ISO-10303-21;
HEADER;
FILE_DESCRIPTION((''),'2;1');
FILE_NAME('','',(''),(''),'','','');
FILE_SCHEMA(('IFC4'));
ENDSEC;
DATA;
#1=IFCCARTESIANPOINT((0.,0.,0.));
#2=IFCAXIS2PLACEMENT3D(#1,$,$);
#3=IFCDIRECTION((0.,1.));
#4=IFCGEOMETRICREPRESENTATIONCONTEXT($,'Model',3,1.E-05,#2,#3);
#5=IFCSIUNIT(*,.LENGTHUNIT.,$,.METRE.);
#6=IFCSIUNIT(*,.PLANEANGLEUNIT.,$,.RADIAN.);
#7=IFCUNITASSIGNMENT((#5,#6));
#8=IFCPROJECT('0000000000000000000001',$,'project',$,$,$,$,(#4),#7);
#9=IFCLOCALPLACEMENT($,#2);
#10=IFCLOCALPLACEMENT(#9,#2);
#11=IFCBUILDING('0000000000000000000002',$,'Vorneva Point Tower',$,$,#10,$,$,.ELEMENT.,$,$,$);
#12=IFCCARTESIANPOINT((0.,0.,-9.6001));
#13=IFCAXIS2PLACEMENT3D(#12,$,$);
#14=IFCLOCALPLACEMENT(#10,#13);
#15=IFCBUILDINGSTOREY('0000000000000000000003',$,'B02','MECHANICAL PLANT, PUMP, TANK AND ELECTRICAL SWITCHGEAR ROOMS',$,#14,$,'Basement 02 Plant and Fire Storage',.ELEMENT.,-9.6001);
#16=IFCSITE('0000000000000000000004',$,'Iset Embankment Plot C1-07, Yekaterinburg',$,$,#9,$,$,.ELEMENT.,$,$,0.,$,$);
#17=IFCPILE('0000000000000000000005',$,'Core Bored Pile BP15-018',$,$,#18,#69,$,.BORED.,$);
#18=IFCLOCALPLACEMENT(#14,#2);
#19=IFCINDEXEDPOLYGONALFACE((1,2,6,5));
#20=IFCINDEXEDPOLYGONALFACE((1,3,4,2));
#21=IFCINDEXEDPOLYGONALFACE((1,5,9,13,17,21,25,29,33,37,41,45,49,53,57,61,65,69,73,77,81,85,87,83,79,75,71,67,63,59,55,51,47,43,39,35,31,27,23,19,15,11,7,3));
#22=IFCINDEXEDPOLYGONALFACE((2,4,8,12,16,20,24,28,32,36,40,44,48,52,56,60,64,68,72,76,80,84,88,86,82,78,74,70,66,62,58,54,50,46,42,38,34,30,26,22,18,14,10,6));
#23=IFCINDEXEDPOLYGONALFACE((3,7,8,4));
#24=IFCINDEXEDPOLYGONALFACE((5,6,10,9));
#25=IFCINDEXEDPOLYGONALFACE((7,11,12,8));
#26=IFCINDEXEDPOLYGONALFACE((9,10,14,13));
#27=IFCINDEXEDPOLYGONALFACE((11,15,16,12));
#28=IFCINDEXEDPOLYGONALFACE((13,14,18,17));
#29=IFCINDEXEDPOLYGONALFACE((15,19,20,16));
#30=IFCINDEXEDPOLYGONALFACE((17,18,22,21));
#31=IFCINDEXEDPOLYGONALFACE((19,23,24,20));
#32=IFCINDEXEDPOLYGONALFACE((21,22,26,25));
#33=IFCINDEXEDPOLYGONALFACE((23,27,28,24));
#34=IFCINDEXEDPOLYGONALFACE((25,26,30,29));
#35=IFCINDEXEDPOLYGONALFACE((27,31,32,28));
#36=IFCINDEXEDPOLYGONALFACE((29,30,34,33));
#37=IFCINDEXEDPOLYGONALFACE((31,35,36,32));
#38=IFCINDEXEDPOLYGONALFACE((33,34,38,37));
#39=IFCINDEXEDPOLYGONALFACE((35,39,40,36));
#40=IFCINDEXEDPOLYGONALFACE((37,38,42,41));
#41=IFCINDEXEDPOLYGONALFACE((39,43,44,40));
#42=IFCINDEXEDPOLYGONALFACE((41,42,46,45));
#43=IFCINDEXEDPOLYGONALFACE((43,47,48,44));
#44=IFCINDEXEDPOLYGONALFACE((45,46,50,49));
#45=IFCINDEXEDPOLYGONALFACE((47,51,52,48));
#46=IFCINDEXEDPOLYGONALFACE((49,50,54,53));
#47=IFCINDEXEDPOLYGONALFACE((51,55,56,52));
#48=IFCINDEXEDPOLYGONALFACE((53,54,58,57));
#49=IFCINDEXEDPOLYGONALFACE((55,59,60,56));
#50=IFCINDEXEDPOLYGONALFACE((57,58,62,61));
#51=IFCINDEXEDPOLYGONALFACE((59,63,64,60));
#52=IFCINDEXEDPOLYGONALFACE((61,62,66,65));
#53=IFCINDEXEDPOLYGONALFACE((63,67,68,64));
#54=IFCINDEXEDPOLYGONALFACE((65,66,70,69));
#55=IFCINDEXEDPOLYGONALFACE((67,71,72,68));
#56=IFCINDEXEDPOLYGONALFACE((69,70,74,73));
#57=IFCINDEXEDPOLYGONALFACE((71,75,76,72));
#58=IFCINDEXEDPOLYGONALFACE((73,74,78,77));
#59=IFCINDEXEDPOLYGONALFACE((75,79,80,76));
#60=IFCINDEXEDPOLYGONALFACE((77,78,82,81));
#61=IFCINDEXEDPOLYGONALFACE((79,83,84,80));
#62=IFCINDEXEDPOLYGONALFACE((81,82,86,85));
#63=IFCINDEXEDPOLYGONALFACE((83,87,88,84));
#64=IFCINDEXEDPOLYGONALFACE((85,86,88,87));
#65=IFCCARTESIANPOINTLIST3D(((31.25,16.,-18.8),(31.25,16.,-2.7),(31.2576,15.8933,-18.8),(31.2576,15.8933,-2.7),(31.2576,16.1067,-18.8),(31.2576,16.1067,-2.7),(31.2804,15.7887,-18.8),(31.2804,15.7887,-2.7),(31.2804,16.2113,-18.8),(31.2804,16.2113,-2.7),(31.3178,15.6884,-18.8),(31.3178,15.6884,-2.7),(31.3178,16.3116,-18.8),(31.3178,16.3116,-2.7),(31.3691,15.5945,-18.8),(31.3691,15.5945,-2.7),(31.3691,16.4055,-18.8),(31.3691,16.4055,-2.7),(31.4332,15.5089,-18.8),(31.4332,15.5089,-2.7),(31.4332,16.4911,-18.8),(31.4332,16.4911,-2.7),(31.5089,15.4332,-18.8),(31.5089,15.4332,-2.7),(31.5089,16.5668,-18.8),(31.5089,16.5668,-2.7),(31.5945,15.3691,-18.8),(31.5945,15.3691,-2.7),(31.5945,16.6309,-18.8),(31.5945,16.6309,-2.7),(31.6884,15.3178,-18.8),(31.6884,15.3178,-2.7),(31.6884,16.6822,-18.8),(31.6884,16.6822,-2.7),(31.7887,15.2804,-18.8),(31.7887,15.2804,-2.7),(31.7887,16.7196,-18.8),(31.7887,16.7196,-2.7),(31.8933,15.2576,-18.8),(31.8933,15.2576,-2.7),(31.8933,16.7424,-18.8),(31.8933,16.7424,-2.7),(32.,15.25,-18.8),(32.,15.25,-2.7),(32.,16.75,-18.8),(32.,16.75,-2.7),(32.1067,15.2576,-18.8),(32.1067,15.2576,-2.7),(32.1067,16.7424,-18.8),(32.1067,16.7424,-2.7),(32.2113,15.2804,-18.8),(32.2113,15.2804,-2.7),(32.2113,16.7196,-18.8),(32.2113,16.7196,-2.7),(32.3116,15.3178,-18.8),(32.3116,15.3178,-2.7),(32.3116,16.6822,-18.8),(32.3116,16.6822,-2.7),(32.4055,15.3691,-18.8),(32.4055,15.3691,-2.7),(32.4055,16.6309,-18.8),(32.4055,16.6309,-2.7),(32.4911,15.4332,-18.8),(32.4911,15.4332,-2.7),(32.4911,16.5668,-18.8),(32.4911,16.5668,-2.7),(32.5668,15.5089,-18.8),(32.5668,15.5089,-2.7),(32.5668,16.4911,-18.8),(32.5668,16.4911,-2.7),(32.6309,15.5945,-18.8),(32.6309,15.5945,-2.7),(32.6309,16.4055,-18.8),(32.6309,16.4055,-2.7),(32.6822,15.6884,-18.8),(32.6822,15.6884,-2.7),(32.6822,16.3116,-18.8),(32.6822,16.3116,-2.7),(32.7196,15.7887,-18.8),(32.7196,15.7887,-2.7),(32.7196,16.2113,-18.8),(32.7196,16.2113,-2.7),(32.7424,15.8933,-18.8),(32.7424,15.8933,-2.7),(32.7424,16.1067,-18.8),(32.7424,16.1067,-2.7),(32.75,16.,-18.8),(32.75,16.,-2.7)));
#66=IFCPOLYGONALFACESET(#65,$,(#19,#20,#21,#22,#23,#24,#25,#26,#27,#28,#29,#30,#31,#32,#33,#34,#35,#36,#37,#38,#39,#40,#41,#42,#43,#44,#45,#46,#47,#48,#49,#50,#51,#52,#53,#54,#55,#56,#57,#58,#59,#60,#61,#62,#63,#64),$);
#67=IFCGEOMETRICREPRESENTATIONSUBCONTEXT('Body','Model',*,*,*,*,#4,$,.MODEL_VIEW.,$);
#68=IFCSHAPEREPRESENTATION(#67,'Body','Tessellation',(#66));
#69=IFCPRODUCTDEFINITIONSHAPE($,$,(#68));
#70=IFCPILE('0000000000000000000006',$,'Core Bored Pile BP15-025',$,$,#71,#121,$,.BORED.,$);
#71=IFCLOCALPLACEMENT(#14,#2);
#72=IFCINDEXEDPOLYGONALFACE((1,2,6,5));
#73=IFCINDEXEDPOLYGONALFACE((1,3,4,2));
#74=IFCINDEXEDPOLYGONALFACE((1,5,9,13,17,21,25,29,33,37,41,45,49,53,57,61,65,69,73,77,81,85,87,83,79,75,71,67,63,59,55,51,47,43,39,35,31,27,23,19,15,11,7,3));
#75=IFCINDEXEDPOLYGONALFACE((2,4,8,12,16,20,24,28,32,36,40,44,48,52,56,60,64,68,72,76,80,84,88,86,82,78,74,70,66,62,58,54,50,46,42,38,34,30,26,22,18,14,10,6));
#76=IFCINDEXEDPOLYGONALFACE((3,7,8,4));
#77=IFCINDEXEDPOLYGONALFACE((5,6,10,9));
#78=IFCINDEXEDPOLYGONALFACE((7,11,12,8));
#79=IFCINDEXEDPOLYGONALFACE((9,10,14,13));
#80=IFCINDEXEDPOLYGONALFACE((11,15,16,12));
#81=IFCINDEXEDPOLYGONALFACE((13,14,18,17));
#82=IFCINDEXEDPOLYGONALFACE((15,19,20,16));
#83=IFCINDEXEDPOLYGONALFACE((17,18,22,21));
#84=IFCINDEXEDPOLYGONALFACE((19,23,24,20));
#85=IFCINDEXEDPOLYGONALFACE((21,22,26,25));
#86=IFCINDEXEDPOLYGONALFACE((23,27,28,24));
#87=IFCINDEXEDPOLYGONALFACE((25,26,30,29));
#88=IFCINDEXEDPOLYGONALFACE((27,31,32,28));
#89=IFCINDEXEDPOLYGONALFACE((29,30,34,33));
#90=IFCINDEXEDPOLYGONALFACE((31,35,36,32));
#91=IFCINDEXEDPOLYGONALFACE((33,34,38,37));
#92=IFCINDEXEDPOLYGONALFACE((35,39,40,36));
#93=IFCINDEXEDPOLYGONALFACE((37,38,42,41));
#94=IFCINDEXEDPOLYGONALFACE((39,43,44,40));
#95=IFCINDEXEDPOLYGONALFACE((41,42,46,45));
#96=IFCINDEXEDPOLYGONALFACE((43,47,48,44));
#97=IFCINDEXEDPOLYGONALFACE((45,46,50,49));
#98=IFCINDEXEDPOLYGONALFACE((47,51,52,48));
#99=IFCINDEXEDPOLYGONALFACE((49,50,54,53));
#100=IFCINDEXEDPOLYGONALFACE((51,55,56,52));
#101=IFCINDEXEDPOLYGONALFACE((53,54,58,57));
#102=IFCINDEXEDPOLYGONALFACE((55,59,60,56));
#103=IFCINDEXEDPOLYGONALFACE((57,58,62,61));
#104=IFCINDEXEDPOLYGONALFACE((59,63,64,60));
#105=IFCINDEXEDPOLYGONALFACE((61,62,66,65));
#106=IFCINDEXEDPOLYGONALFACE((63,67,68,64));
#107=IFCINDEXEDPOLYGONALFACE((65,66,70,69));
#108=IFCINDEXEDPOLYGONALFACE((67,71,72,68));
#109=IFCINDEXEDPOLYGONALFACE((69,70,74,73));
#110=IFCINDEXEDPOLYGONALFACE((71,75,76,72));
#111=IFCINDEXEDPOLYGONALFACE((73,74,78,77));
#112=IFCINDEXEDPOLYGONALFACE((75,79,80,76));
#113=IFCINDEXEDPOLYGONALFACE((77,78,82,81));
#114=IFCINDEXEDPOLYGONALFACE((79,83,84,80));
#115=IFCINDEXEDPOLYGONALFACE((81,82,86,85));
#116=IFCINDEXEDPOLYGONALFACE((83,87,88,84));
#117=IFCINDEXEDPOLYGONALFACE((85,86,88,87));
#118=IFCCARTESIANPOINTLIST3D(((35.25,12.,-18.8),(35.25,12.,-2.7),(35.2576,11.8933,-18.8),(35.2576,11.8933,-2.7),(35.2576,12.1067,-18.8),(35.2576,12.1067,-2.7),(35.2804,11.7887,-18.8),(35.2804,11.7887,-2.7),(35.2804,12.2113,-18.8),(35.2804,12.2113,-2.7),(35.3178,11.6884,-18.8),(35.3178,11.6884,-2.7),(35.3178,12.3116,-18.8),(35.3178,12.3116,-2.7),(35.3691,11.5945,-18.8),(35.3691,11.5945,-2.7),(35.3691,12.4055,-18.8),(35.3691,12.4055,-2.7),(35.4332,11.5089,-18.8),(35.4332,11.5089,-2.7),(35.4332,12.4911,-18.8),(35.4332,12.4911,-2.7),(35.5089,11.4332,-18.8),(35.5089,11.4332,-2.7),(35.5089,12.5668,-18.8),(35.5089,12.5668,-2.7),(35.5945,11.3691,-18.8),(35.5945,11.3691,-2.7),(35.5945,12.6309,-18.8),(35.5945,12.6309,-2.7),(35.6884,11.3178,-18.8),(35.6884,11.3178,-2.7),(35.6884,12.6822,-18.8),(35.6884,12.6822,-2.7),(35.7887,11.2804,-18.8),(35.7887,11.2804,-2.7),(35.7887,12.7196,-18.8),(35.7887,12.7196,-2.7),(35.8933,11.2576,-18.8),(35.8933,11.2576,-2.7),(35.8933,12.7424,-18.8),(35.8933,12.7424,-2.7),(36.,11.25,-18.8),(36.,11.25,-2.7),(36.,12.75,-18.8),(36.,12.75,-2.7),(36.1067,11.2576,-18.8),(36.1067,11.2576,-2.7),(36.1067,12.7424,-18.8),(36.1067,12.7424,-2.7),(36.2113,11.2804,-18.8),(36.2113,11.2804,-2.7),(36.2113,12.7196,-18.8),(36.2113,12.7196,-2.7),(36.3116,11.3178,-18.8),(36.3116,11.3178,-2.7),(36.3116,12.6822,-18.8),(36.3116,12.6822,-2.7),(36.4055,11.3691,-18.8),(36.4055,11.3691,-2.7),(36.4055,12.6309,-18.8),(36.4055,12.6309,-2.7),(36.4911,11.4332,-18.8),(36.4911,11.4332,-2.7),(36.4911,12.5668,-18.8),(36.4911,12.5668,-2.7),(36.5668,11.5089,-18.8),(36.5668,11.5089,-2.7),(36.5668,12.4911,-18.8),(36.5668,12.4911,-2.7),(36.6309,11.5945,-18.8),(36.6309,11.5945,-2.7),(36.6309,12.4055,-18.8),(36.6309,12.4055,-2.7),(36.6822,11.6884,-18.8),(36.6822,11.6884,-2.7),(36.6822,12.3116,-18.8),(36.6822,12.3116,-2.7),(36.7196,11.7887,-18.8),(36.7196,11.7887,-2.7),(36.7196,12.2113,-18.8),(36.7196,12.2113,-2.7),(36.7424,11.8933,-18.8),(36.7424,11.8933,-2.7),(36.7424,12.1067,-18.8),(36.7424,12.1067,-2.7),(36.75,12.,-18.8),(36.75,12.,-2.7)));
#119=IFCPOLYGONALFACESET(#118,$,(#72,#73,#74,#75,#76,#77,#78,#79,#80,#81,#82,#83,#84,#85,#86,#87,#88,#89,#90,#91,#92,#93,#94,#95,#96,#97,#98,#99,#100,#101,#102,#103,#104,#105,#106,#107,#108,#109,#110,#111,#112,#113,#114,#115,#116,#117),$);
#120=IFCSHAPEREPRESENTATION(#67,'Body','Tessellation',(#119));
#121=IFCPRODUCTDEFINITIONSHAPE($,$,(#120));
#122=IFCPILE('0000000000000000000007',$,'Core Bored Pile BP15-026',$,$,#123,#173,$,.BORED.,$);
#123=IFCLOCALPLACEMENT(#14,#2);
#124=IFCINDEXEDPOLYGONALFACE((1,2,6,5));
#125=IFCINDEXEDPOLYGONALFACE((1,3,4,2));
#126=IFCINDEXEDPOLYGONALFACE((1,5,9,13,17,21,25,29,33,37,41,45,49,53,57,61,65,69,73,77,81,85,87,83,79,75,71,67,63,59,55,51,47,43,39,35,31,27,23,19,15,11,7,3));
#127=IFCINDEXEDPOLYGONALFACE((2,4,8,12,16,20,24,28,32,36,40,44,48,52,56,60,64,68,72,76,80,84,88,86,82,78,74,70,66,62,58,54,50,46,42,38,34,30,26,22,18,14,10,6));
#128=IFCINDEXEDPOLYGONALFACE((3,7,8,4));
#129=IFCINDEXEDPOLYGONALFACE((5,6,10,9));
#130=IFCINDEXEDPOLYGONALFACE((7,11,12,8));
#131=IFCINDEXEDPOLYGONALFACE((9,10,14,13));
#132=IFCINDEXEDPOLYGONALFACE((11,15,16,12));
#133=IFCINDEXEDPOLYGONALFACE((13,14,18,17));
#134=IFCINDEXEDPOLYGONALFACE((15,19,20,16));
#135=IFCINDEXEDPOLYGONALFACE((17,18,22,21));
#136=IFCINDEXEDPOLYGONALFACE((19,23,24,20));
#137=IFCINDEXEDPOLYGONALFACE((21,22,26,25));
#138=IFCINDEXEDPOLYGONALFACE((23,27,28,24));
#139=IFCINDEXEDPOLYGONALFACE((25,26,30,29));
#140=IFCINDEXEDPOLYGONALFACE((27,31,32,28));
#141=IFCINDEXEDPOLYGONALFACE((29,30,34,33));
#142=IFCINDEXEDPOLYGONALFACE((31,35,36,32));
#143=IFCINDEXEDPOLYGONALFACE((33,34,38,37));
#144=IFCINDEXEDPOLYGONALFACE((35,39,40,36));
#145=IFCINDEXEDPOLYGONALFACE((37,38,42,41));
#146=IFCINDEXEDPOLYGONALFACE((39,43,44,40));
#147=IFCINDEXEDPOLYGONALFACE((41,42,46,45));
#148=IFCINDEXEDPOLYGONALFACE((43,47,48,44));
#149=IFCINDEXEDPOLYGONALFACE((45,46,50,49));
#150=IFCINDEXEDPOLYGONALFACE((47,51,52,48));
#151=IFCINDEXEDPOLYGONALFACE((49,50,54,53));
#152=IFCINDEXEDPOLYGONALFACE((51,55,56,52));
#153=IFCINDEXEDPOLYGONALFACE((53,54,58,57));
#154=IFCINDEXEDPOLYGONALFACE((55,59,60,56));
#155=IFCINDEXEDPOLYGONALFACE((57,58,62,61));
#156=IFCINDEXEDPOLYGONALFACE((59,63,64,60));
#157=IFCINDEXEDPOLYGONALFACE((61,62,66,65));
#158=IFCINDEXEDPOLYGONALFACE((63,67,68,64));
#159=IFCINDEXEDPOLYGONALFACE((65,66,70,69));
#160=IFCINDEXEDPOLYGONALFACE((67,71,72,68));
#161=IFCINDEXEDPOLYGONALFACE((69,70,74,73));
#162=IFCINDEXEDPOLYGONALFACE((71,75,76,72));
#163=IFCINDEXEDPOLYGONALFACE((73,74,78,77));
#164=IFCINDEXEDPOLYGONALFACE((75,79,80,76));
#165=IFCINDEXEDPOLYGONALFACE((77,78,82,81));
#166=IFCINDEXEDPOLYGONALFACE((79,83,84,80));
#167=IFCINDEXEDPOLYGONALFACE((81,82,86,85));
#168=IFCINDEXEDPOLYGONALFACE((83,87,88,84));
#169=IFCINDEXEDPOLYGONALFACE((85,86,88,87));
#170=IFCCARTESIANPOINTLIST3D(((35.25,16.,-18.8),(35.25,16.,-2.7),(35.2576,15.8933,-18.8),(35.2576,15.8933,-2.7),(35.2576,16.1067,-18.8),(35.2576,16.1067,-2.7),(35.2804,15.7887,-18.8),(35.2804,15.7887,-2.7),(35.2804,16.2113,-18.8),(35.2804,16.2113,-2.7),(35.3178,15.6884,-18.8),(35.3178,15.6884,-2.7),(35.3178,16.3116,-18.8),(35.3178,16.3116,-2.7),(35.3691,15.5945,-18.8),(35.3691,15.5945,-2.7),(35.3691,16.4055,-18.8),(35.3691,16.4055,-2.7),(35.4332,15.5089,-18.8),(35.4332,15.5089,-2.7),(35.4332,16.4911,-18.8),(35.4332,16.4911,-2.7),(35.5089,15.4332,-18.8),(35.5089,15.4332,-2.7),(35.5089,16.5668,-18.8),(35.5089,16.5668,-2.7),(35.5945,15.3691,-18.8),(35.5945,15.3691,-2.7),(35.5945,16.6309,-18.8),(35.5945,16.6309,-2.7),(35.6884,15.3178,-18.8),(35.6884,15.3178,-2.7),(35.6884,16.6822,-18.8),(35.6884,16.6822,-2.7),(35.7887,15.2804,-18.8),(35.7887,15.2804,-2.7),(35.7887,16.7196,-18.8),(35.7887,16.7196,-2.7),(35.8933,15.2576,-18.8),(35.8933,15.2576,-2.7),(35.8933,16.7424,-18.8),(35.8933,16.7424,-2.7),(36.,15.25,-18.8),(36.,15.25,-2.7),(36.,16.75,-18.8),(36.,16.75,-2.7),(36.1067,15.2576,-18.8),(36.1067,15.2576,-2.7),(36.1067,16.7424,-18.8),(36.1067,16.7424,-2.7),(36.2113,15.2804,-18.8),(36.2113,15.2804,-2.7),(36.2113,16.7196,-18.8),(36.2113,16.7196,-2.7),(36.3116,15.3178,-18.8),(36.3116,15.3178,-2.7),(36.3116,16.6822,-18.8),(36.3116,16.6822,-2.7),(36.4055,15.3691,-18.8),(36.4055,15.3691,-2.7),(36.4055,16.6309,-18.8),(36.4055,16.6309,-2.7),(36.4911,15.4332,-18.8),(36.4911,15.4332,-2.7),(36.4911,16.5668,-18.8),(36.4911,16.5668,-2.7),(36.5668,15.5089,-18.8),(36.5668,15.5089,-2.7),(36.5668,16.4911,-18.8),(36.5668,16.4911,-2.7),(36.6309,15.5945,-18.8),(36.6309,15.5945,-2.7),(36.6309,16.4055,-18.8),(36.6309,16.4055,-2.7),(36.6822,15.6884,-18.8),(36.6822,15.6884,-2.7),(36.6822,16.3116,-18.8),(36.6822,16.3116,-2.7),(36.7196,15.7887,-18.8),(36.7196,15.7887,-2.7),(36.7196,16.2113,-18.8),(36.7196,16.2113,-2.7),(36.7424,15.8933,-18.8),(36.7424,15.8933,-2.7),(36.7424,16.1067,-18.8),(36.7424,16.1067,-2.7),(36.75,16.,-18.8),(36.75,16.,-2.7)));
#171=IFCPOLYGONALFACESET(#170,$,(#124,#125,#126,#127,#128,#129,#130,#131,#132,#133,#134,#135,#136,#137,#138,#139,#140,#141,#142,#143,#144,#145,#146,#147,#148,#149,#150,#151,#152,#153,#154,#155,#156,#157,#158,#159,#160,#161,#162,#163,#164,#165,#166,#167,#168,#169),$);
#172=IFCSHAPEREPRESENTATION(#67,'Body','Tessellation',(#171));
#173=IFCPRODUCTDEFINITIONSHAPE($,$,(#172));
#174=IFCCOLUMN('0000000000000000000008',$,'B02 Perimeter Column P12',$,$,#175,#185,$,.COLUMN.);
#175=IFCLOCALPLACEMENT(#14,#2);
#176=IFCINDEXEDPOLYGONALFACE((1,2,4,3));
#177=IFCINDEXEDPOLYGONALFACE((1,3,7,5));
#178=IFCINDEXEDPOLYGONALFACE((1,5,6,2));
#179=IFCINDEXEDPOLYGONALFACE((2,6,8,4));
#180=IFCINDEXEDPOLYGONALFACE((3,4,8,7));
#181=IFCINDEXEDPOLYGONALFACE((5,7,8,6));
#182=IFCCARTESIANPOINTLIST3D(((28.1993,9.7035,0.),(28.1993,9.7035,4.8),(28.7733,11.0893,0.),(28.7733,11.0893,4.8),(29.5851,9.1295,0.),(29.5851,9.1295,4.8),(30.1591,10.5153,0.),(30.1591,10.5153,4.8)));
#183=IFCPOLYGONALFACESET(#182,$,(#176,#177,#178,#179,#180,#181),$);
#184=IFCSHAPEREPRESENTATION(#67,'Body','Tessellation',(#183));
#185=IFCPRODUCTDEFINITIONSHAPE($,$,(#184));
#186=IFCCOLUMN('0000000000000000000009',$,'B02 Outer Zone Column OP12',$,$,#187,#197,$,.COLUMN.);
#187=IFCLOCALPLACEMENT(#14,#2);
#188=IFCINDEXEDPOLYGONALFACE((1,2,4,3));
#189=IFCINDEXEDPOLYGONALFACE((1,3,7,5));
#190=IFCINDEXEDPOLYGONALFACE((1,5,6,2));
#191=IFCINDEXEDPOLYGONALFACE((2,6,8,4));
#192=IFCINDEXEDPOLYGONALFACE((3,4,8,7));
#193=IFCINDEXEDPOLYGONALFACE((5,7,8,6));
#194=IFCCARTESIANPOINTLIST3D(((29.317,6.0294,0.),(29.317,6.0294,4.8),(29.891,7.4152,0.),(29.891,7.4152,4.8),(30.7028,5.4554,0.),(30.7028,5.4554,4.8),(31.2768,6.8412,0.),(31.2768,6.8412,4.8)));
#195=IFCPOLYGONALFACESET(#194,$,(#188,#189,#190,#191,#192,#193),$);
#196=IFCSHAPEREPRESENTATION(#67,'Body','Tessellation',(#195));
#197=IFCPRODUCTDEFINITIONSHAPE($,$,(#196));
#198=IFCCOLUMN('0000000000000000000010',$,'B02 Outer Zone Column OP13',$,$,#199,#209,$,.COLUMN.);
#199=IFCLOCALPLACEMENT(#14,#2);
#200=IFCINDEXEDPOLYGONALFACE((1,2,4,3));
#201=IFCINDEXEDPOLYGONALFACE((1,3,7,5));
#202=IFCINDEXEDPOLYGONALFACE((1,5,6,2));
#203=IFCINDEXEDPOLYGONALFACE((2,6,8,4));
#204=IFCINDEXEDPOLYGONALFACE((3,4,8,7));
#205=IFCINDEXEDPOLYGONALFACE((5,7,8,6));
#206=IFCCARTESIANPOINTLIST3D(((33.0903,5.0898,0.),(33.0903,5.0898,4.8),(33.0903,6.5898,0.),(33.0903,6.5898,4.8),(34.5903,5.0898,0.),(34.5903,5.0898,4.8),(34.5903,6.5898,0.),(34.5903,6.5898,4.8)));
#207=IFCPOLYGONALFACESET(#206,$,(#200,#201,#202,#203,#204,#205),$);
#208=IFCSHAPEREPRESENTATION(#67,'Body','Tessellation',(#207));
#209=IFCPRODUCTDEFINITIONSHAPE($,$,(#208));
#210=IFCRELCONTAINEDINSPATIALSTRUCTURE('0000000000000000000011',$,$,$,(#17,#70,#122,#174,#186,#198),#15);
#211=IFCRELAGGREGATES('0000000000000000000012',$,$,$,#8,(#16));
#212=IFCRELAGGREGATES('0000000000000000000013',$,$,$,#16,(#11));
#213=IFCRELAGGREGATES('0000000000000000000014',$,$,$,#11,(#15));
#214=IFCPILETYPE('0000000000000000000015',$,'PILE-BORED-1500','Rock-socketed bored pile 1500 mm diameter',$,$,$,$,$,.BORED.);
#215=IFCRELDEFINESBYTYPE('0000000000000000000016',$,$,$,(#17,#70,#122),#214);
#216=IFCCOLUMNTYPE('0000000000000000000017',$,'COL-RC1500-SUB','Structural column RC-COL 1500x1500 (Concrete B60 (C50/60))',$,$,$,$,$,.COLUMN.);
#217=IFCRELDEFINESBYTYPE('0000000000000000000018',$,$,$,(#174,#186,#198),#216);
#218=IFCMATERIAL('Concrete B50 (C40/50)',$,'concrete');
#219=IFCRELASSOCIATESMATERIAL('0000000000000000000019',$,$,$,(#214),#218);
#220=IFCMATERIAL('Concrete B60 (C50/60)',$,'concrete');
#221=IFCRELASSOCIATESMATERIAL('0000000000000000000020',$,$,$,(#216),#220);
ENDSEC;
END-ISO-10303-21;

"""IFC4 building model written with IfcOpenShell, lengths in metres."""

from ifc_helpers import new_model, si_unit, direction, frame, origin, origin_2d, place, context, subcontext, project, spatial, rectangle, circle, extrude, material, material_profile, profile_set, type_object, element, save


model = new_model("IFC4")

# Units and contexts
model_context = context("Model", 3, precision=1e-05, world=origin(), true_north=direction((0.0, 1.0)))
body_context = subcontext(model_context, "Body", "Model", "MODEL_VIEW")
ifc_project = project(units=[si_unit("LENGTHUNIT", "METRE"), si_unit("PLANEANGLEUNIT", "RADIAN")], contexts=[model_context])

# Site, building, storey
site_placement = place(None, origin())
site = spatial("IfcSite", under=ifc_project, at=site_placement, Name="Iset Embankment Plot C1-07, Yekaterinburg", CompositionType="ELEMENT", RefElevation=0.0)
building_placement = place(site_placement, origin())
building = spatial("IfcBuilding", under=site, at=building_placement, Name="Vorneva Point Tower", CompositionType="ELEMENT")
storey_placement = place(building_placement, frame((0.0, 0.0, -9.6001)))
storey = spatial("IfcBuildingStorey", under=building, at=storey_placement, Name="B02", Description="MECHANICAL PLANT, PUMP, TANK AND ELECTRICAL SWITCHGEAR ROOMS", LongName="Basement 02 Plant and Fire Storage", CompositionType="ELEMENT", Elevation=-9.6001)

# Piles
ifc_material_1 = material(Name="Concrete B50 (C40/50)", Category="concrete")
ifc_material_profile_1 = material_profile(ifc_material_1, circle(Radius=0.75, at=origin_2d()), Name="PILE-1500")
ifc_profile_set_1 = profile_set([ifc_material_profile_1], Name="Concrete B50 (C40/50)")
pile_type_1 = type_object("IfcPileType", Name="PILE-BORED-1500", Description="Rock-socketed bored pile 1500 mm diameter", PredefinedType="BORED", material=ifc_profile_set_1)
for number, where, z_axis, x_axis, name in (
    (1, (32.0, 16.0, -2.7), (0.0, 0.0, -1.0), (1.0, 0.0, 0.0), "Core Bored Pile BP15-018"),
    (2, (36.0, 12.0, -2.7), (0.0, 0.0, -1.0), (1.0, 0.0, 0.0), "Core Bored Pile BP15-025"),
    (3, (36.0, 16.0, -2.7), (0.0, 0.0, -1.0), (1.0, 0.0, 0.0), "Core Bored Pile BP15-026"),
):
    element("IfcPile", number, at=place(storey_placement, frame(where, z_axis=z_axis, x_axis=x_axis)), inside=storey, type_object=pile_type_1, Name=name, PredefinedType="BORED", context=body_context, shape_type="SweptSolid", body=[
        extrude(circle(Radius=0.75, at=origin_2d()), origin(), (0.0, 0.0, 1.0), 16.1001),
    ])

# Columns
ifc_material_2 = material(Name="Concrete B60 (C50/60)", Category="concrete")
ifc_material_profile_2 = material_profile(ifc_material_2, rectangle(XDim=1.5, YDim=1.5, at=origin_2d()), Name="RC-COL 1500x1500")
ifc_profile_set_2 = profile_set([ifc_material_profile_2], Name="Concrete B60 (C50/60)")
column_type = type_object("IfcColumnType", Name="COL-RC1500-SUB", Description="Structural column RC-COL 1500x1500 (Concrete B60 (C50/60))", PredefinedType="COLUMN", material=ifc_profile_set_2)
for number, where, z_axis, x_axis, name in (
    (4, (29.1792, 10.1094, 0.0), (0.0, 0.0, 1.0), (-0.382683, -0.92388, 0.0), "B02 Perimeter Column P12"),
    (5, (30.2969, 6.4353, 0.0), (0.0, 0.0, 1.0), (-0.382683, -0.92388, 0.0), "B02 Outer Zone Column OP12"),
    (6, (33.8403, 5.8398, 0.0), (0.0, 0.0, 1.0), (0.0, -1.0, 0.0), "B02 Outer Zone Column OP13"),
):
    element("IfcColumn", number, at=place(storey_placement, frame(where, z_axis=z_axis, x_axis=x_axis)), inside=storey, type_object=column_type, Name=name, PredefinedType="COLUMN", context=body_context, shape_type="SweptSolid", body=[
        extrude(rectangle(XDim=1.5, YDim=1.5, at=origin_2d()), origin(), (0.0, 0.0, 1.0), 4.8),
    ])

save(model, "model.ifc")
